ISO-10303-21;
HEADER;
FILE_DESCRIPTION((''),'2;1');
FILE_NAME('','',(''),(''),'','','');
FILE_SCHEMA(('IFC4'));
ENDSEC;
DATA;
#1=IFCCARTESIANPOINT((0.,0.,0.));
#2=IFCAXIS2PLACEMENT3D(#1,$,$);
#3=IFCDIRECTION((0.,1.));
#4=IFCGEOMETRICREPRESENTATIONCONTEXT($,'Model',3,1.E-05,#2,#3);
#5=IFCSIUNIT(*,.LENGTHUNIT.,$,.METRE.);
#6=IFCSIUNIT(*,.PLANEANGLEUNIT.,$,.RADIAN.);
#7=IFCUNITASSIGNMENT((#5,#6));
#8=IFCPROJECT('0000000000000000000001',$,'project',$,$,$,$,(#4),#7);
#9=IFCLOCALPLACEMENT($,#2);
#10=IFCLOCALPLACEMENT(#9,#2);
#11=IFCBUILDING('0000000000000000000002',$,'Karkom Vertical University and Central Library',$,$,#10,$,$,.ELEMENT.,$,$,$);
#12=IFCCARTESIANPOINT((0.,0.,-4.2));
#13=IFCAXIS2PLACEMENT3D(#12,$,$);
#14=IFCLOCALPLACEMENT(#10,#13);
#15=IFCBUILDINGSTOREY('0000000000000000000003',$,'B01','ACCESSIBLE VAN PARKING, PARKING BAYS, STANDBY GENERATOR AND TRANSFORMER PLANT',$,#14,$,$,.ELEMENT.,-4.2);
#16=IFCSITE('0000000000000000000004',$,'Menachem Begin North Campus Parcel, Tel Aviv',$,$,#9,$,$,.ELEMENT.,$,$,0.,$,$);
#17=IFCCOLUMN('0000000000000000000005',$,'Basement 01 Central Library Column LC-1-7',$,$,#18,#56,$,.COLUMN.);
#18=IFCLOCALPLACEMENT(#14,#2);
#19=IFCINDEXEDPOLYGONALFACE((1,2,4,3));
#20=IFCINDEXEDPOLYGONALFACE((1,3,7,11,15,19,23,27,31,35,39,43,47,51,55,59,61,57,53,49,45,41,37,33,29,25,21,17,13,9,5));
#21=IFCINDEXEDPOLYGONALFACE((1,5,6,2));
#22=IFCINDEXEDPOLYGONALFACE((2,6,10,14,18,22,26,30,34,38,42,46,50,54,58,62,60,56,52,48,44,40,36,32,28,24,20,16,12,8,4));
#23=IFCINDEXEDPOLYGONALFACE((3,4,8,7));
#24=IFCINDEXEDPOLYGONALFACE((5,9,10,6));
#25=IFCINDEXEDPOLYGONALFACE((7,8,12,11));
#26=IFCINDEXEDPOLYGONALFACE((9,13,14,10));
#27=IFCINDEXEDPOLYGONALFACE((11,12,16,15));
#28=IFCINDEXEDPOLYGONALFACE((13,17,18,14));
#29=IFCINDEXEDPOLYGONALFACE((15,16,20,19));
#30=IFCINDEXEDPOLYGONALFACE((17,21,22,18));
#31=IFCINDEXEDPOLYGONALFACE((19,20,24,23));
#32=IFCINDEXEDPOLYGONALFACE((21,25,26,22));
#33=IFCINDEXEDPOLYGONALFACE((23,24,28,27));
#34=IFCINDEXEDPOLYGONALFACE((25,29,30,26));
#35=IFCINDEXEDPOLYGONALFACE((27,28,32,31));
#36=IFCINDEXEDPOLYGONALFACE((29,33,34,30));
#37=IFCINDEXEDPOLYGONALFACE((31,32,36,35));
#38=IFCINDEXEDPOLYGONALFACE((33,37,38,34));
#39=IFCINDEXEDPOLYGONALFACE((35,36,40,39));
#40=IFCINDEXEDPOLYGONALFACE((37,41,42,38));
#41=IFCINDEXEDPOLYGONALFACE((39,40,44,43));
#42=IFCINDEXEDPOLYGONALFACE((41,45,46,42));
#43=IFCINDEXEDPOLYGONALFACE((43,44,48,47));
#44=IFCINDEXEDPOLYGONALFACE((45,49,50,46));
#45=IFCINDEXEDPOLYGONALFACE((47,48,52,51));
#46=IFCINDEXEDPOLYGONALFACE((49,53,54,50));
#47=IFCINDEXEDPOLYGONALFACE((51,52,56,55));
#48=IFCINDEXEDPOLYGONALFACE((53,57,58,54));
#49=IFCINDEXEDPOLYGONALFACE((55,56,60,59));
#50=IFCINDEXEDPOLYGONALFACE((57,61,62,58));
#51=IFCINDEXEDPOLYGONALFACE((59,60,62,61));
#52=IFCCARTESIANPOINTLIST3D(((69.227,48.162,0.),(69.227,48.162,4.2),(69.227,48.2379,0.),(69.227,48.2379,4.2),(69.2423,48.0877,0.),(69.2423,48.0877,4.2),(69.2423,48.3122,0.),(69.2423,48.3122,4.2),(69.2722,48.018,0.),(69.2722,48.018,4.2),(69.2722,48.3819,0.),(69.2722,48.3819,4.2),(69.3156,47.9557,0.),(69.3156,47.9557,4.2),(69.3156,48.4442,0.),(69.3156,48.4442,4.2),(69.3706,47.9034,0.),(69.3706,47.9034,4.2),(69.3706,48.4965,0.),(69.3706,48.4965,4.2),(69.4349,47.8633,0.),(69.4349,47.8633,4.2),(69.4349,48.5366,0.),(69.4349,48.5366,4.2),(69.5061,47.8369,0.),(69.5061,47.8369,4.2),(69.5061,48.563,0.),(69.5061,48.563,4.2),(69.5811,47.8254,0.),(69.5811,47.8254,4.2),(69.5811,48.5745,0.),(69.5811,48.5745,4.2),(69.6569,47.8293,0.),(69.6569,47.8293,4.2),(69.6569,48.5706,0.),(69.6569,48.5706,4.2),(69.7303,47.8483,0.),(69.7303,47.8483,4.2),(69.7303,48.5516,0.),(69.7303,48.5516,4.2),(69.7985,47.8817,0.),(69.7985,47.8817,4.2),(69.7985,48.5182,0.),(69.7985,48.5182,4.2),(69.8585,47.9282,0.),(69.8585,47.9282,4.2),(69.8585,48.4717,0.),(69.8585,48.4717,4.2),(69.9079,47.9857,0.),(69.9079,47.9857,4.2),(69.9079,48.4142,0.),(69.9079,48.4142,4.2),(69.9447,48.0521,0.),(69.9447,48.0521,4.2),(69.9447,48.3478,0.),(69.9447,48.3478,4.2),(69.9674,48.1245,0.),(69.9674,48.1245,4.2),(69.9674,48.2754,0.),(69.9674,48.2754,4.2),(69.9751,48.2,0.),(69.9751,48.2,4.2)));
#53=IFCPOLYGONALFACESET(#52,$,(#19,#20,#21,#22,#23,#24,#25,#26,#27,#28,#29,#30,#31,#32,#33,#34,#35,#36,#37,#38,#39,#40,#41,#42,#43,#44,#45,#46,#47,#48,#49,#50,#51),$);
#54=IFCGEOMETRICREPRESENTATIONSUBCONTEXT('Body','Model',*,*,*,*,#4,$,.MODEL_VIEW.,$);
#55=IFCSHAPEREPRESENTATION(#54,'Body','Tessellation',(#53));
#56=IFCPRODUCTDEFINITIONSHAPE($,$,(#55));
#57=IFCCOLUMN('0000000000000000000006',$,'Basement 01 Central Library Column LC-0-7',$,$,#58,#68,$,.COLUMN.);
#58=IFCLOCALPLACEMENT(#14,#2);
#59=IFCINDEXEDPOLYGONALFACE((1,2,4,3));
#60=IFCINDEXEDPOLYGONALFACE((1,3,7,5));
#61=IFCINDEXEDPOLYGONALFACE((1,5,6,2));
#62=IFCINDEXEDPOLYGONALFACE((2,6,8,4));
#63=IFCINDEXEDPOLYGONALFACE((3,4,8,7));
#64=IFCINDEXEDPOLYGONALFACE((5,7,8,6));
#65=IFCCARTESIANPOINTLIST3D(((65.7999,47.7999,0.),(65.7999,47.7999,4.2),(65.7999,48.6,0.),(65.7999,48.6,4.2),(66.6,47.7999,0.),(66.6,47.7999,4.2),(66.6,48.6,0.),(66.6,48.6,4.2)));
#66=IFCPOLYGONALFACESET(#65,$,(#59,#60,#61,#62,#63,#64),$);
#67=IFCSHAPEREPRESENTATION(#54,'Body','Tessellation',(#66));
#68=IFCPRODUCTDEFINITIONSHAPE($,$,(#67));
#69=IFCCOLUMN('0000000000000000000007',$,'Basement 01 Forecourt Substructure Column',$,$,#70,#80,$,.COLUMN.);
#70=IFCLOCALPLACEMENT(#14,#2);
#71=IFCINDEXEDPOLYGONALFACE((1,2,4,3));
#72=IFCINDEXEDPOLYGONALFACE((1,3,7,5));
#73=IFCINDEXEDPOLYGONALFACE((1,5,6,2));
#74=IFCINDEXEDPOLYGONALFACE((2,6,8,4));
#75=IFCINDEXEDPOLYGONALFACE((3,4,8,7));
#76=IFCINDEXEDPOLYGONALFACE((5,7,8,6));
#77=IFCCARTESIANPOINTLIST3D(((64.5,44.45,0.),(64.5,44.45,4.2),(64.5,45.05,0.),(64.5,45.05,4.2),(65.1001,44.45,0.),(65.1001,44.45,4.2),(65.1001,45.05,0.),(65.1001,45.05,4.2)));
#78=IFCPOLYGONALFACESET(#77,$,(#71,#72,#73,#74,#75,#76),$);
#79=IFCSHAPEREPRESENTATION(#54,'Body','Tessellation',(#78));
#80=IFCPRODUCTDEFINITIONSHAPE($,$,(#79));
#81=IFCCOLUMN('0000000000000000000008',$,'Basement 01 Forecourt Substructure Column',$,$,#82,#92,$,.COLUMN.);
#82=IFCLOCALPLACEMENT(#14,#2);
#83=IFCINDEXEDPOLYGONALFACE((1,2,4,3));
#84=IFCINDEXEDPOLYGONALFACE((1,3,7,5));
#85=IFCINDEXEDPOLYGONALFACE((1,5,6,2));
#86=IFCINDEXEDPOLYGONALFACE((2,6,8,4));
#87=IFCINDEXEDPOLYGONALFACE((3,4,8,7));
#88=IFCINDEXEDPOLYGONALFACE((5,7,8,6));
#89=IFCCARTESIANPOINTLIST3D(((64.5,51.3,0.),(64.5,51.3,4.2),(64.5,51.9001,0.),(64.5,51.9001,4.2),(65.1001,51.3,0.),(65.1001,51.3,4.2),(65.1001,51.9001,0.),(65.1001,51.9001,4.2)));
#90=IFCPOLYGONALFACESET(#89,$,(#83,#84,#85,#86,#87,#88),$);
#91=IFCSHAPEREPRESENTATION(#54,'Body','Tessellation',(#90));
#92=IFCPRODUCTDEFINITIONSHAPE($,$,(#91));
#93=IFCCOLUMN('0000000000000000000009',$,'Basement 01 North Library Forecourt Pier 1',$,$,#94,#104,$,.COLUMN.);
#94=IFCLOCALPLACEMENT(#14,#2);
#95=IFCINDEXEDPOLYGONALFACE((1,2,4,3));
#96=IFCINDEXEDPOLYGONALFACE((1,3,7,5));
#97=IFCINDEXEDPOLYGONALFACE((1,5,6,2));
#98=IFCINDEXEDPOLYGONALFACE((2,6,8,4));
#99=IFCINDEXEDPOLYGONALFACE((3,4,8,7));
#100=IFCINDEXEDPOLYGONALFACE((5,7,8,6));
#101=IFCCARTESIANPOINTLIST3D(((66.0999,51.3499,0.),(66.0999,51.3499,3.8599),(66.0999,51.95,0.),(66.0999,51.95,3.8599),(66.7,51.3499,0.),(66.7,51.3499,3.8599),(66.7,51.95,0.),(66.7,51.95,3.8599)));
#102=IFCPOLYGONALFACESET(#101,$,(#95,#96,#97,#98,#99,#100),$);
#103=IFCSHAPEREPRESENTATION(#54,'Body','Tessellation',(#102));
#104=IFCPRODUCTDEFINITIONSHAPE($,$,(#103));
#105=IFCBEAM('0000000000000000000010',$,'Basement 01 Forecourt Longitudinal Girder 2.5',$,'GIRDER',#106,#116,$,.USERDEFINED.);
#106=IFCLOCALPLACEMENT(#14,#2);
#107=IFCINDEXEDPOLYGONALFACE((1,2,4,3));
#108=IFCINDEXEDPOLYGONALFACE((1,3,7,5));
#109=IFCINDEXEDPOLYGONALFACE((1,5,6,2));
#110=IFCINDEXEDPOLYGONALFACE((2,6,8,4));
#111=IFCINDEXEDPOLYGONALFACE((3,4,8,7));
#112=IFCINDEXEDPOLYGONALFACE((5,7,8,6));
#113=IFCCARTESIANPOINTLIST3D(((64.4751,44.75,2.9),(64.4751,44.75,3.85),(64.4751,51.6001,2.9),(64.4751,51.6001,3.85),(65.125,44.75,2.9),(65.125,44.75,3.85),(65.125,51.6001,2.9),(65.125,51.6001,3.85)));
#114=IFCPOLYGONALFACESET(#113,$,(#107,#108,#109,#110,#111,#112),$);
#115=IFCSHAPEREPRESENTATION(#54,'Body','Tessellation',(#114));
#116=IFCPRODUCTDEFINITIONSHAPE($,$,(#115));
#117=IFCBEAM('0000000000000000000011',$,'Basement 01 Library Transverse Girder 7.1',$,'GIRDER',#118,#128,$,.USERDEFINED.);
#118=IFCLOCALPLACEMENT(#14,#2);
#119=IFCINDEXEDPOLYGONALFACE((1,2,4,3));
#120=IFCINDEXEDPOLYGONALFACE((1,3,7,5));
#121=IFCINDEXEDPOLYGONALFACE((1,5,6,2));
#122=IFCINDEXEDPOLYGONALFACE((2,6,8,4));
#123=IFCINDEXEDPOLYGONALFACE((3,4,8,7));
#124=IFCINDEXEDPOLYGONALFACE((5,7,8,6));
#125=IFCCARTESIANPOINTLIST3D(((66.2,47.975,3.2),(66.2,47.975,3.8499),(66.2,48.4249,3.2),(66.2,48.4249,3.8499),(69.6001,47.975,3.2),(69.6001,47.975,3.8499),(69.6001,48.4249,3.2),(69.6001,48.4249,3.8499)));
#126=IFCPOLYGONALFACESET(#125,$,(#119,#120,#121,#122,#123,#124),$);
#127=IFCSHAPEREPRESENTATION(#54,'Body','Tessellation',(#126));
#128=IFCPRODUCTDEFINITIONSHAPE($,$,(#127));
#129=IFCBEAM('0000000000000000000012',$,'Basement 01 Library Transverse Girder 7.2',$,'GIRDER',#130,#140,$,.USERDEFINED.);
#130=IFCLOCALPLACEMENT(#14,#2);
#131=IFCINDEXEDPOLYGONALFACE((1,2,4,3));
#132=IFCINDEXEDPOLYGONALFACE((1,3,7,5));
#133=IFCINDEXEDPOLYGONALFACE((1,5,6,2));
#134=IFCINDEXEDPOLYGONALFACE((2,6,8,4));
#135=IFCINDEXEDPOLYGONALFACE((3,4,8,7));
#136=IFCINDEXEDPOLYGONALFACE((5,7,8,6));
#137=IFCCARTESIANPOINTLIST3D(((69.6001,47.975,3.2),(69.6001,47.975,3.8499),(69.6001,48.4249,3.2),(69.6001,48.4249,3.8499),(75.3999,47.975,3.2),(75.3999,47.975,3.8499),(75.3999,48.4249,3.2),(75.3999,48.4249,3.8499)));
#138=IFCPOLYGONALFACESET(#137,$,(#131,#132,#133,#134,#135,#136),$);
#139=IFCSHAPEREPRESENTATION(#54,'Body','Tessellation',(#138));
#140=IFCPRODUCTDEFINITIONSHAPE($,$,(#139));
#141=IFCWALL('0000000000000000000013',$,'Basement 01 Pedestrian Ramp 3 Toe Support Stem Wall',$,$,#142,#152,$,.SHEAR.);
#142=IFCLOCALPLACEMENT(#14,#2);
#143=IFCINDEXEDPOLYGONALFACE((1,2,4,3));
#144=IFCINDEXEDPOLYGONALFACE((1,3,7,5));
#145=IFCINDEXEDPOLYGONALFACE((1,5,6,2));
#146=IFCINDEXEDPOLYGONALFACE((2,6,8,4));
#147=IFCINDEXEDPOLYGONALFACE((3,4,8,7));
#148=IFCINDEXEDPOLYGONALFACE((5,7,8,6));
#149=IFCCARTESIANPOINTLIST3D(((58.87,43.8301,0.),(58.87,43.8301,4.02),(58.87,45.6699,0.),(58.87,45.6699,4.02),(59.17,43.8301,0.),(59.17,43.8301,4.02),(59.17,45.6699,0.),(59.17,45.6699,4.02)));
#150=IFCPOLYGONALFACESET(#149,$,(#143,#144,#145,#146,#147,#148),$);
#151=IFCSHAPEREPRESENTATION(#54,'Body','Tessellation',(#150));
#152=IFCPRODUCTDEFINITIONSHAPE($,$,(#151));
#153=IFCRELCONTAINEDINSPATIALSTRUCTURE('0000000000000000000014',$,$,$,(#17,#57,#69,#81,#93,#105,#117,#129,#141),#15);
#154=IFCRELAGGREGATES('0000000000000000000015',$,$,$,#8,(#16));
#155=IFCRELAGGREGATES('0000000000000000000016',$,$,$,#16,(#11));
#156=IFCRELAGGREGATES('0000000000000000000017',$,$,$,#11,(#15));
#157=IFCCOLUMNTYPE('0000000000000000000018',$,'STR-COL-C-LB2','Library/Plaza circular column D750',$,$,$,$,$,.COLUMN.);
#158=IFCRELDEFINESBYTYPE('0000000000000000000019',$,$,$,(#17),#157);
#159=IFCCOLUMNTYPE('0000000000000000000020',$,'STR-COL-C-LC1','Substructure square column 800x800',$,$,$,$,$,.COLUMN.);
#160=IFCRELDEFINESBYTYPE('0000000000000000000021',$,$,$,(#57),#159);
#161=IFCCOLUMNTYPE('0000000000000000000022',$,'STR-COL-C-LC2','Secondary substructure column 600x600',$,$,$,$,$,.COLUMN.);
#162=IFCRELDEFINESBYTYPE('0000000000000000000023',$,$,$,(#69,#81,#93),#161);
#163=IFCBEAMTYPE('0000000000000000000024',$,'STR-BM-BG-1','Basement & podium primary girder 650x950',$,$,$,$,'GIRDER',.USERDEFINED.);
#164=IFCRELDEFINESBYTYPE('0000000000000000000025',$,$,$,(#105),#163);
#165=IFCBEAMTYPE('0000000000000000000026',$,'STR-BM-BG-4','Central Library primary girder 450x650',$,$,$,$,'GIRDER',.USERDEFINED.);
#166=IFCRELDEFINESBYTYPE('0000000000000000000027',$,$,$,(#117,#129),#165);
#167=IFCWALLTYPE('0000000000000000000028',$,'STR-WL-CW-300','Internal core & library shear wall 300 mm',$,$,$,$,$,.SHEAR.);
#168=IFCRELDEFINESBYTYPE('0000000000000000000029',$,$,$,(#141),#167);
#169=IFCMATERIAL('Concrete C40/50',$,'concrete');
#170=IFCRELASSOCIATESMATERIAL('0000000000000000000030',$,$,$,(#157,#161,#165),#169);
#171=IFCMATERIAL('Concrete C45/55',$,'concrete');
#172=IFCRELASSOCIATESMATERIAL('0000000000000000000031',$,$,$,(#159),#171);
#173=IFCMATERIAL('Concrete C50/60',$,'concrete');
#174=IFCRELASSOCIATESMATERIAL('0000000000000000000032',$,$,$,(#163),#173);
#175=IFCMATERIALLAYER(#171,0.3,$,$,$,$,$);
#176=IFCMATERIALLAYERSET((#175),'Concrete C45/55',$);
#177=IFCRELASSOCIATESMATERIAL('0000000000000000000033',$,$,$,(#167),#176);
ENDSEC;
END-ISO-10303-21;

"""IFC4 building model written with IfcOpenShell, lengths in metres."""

from ifc_helpers import new_model, si_unit, direction, frame, frame_2d, origin, origin_with_axes, origin_2d, place, context, subcontext, project, spatial, rectangle, circle, extrude, source, transform, mapped, material, layer, layer_set, material_profile, profile_set, type_object, element, save


model = new_model("IFC4")

# Units and contexts
model_context = context("Model", 3, precision=1e-05, world=origin(), true_north=direction((0.0, 1.0)))
body_context = subcontext(model_context, "Body", "Model", "MODEL_VIEW")
ifc_project = project(units=[si_unit("LENGTHUNIT", "METRE"), si_unit("PLANEANGLEUNIT", "RADIAN")], contexts=[model_context])

# Site, building, storey
site_placement = place(None, origin())
site = spatial("IfcSite", under=ifc_project, at=site_placement, Name="Menachem Begin North Campus Parcel, Tel Aviv", CompositionType="ELEMENT", RefElevation=0.0)
building_placement = place(site_placement, origin())
building = spatial("IfcBuilding", under=site, at=building_placement, Name="Karkom Vertical University and Central Library", CompositionType="ELEMENT")
storey_placement = place(building_placement, frame((0.0, 0.0, -4.2)))
storey = spatial("IfcBuildingStorey", under=building, at=storey_placement, Name="B01", Description="ACCESSIBLE VAN PARKING, PARKING BAYS, STANDBY GENERATOR AND TRANSFORMER PLANT", CompositionType="ELEMENT", Elevation=-4.2)

# Columns
ifc_material_1 = material(Name="Concrete C40/50", Category="concrete")
ifc_material_profile_1 = material_profile(ifc_material_1, circle(Radius=0.375, at=origin_2d()), Name="RC-D750")
ifc_profile_set_1 = profile_set([ifc_material_profile_1], Name="Concrete C40/50")
column_type_1 = type_object("IfcColumnType", Name="STR-COL-C-LB2", Description="Library/Plaza circular column D750", PredefinedType="COLUMN", material=ifc_profile_set_1)
shared_shape_1 = source(origin_with_axes(), body_context, "Body", "SweptSolid", [
    extrude(circle(Radius=0.375, at=origin_2d()), origin(), (0.0, 0.0, 1.0), 4.2),
])
for number, where, z_axis, x_axis, name in (
    (1, (69.6001, 48.2, 0.0), (0.0, 0.0, 1.0), (1.0, 0.0, 0.0), "Basement 01 Central Library Column LC-1-7"),
):
    element("IfcColumn", number, at=place(storey_placement, frame(where, z_axis=z_axis, x_axis=x_axis)), inside=storey, type_object=column_type_1, Name=name, PredefinedType="COLUMN", context=body_context, shape_type="MappedRepresentation", body=[
        mapped(shared_shape_1, transform((0.0, 0.0, 0.0), scale=1.0)),
    ])
ifc_material_2 = material(Name="Concrete C45/55", Category="concrete")
ifc_material_profile_2 = material_profile(ifc_material_2, rectangle(XDim=0.8, YDim=0.8, at=origin_2d()), Name="RC-800x800")
ifc_profile_set_2 = profile_set([ifc_material_profile_2], Name="Concrete C45/55")
column_type_2 = type_object("IfcColumnType", Name="STR-COL-C-LC1", Description="Substructure square column 800x800", PredefinedType="COLUMN", material=ifc_profile_set_2)
shared_shape_2 = source(origin_with_axes(), body_context, "Body", "SweptSolid", [
    extrude(rectangle(XDim=0.8, YDim=0.8, at=origin_2d()), origin(), (0.0, 0.0, 1.0), 4.2),
])
column_1_placement = place(storey_placement, frame((66.2, 48.2, 0.0), z_axis=(0.0, 0.0, 1.0), x_axis=(1.0, 0.0, 0.0)))
element("IfcColumn", 2, at=column_1_placement, inside=storey, type_object=column_type_2, Name="Basement 01 Central Library Column LC-0-7", PredefinedType="COLUMN", context=body_context, shape_type="MappedRepresentation", body=[
    mapped(shared_shape_2, transform((0.0, 0.0, 0.0), scale=1.0)),
])
ifc_material_profile_3 = material_profile(ifc_material_1, rectangle(XDim=0.6001, YDim=0.6001, at=origin_2d()), Name="RC-600x600")
ifc_profile_set_3 = profile_set([ifc_material_profile_3], Name="Concrete C40/50")
column_type_3 = type_object("IfcColumnType", Name="STR-COL-C-LC2", Description="Secondary substructure column 600x600", PredefinedType="COLUMN", material=ifc_profile_set_3)
shared_shape_3 = source(origin_with_axes(), body_context, "Body", "SweptSolid", [
    extrude(rectangle(XDim=0.6001, YDim=0.6001, at=origin_2d()), origin(), (0.0, 0.0, 1.0), 4.2),
])
for number, where, z_axis, x_axis, name in (
    (3, (64.8, 44.75, 0.0), (0.0, 0.0, 1.0), (1.0, 0.0, 0.0), "Basement 01 Forecourt Substructure Column"),
    (4, (64.8, 51.6001, 0.0), (0.0, 0.0, 1.0), (1.0, 0.0, 0.0), "Basement 01 Forecourt Substructure Column"),
):
    element("IfcColumn", number, at=place(storey_placement, frame(where, z_axis=z_axis, x_axis=x_axis)), inside=storey, type_object=column_type_3, Name=name, PredefinedType="COLUMN", context=body_context, shape_type="MappedRepresentation", body=[
        mapped(shared_shape_3, transform((0.0, 0.0, 0.0), scale=1.0)),
    ])
shared_shape_4 = source(origin_with_axes(), body_context, "Body", "SweptSolid", [
    extrude(rectangle(XDim=0.6001, YDim=0.6001, at=origin_2d()), origin(), (0.0, 0.0, 1.0), 3.8599),
])
column_2_placement = place(storey_placement, frame((66.3999, 51.6499, 0.0), z_axis=(0.0, 0.0, 1.0), x_axis=(1.0, 0.0, 0.0)))
element("IfcColumn", 5, at=column_2_placement, inside=storey, type_object=column_type_3, Name="Basement 01 North Library Forecourt Pier 1", PredefinedType="COLUMN", context=body_context, shape_type="MappedRepresentation", body=[
    mapped(shared_shape_4, transform((0.0, 0.0, 0.0), scale=1.0)),
])

# Beams
ifc_material_3 = material(Name="Concrete C50/60", Category="concrete")
ifc_material_profile_4 = material_profile(ifc_material_3, rectangle(XDim=0.6499, YDim=0.95, at=origin_2d()), Name="RCG-650x950")
ifc_profile_set_4 = profile_set([ifc_material_profile_4], Name="Concrete C50/60")
beam_type_1 = type_object("IfcBeamType", Name="STR-BM-BG-1", Description="Basement & podium primary girder 650x950", ElementType="GIRDER", PredefinedType="USERDEFINED", material=ifc_profile_set_4)
shared_shape_5 = source(origin_with_axes(), body_context, "Body", "SweptSolid", [
    extrude(rectangle(XDim=0.6499, YDim=0.95, at=origin_2d()), origin(), (0.0, 0.0, 1.0), 6.8501),
])
beam_1_placement = place(storey_placement, frame((64.8, 44.75, 3.375), z_axis=(0.0, 1.0, 0.0), x_axis=(-1.0, 0.0, 0.0)))
element("IfcBeam", 6, at=beam_1_placement, inside=storey, type_object=beam_type_1, Name="Basement 01 Forecourt Longitudinal Girder 2.5", ObjectType="GIRDER", PredefinedType="USERDEFINED", context=body_context, shape_type="MappedRepresentation", body=[
    mapped(shared_shape_5, transform((0.0, 0.0, 0.0), scale=1.0)),
])
ifc_material_profile_5 = material_profile(ifc_material_1, rectangle(XDim=0.45, YDim=0.6499, at=origin_2d()), Name="RCB-450x650")
ifc_profile_set_5 = profile_set([ifc_material_profile_5], Name="Concrete C40/50")
beam_type_2 = type_object("IfcBeamType", Name="STR-BM-BG-4", Description="Central Library primary girder 450x650", ElementType="GIRDER", PredefinedType="USERDEFINED", material=ifc_profile_set_5)
shared_shape_6 = source(origin_with_axes(), body_context, "Body", "SweptSolid", [
    extrude(rectangle(XDim=0.45, YDim=0.6499, at=origin_2d()), origin(), (0.0, 0.0, 1.0), 3.4001),
])
beam_2_placement = place(storey_placement, frame((66.2, 48.2, 3.5249), z_axis=(1.0, 0.0, 0.0), x_axis=(0.0, 1.0, 0.0)))
element("IfcBeam", 7, at=beam_2_placement, inside=storey, type_object=beam_type_2, Name="Basement 01 Library Transverse Girder 7.1", ObjectType="GIRDER", PredefinedType="USERDEFINED", context=body_context, shape_type="MappedRepresentation", body=[
    mapped(shared_shape_6, transform((0.0, 0.0, 0.0), scale=1.0)),
])
shared_shape_7 = source(origin_with_axes(), body_context, "Body", "SweptSolid", [
    extrude(rectangle(XDim=0.45, YDim=0.6499, at=origin_2d()), origin(), (0.0, 0.0, 1.0), 5.7998),
])
beam_3_placement = place(storey_placement, frame((69.6001, 48.2, 3.5249), z_axis=(1.0, 0.0, 0.0), x_axis=(0.0, 1.0, 0.0)))
element("IfcBeam", 8, at=beam_3_placement, inside=storey, type_object=beam_type_2, Name="Basement 01 Library Transverse Girder 7.2", ObjectType="GIRDER", PredefinedType="USERDEFINED", context=body_context, shape_type="MappedRepresentation", body=[
    mapped(shared_shape_7, transform((0.0, 0.0, 0.0), scale=1.0)),
])

# Wall
ifc_layer_1 = layer(ifc_material_2, 0.3)
ifc_layer_set_1 = layer_set([ifc_layer_1], Name="Concrete C45/55")
wall_type_1 = type_object("IfcWallType", Name="STR-WL-CW-300", Description="Internal core & library shear wall 300 mm", PredefinedType="SHEAR", material=ifc_layer_set_1)
wall_1_placement = place(storey_placement, frame((59.02, 43.8301, 0.0), z_axis=(0.0, 0.0, 1.0), x_axis=(0.0, 1.0, 0.0)))
element("IfcWall", 9, at=wall_1_placement, inside=storey, type_object=wall_type_1, Name="Basement 01 Pedestrian Ramp 3 Toe Support Stem Wall", PredefinedType="SHEAR", context=body_context, shape_type="SweptSolid", body=[
    extrude(rectangle(XDim=1.8398, YDim=0.3, at=frame_2d((0.9199, 0.0))), origin(), (0.0, 0.0, 1.0), 4.02),
])

save(model, "model.ifc")
